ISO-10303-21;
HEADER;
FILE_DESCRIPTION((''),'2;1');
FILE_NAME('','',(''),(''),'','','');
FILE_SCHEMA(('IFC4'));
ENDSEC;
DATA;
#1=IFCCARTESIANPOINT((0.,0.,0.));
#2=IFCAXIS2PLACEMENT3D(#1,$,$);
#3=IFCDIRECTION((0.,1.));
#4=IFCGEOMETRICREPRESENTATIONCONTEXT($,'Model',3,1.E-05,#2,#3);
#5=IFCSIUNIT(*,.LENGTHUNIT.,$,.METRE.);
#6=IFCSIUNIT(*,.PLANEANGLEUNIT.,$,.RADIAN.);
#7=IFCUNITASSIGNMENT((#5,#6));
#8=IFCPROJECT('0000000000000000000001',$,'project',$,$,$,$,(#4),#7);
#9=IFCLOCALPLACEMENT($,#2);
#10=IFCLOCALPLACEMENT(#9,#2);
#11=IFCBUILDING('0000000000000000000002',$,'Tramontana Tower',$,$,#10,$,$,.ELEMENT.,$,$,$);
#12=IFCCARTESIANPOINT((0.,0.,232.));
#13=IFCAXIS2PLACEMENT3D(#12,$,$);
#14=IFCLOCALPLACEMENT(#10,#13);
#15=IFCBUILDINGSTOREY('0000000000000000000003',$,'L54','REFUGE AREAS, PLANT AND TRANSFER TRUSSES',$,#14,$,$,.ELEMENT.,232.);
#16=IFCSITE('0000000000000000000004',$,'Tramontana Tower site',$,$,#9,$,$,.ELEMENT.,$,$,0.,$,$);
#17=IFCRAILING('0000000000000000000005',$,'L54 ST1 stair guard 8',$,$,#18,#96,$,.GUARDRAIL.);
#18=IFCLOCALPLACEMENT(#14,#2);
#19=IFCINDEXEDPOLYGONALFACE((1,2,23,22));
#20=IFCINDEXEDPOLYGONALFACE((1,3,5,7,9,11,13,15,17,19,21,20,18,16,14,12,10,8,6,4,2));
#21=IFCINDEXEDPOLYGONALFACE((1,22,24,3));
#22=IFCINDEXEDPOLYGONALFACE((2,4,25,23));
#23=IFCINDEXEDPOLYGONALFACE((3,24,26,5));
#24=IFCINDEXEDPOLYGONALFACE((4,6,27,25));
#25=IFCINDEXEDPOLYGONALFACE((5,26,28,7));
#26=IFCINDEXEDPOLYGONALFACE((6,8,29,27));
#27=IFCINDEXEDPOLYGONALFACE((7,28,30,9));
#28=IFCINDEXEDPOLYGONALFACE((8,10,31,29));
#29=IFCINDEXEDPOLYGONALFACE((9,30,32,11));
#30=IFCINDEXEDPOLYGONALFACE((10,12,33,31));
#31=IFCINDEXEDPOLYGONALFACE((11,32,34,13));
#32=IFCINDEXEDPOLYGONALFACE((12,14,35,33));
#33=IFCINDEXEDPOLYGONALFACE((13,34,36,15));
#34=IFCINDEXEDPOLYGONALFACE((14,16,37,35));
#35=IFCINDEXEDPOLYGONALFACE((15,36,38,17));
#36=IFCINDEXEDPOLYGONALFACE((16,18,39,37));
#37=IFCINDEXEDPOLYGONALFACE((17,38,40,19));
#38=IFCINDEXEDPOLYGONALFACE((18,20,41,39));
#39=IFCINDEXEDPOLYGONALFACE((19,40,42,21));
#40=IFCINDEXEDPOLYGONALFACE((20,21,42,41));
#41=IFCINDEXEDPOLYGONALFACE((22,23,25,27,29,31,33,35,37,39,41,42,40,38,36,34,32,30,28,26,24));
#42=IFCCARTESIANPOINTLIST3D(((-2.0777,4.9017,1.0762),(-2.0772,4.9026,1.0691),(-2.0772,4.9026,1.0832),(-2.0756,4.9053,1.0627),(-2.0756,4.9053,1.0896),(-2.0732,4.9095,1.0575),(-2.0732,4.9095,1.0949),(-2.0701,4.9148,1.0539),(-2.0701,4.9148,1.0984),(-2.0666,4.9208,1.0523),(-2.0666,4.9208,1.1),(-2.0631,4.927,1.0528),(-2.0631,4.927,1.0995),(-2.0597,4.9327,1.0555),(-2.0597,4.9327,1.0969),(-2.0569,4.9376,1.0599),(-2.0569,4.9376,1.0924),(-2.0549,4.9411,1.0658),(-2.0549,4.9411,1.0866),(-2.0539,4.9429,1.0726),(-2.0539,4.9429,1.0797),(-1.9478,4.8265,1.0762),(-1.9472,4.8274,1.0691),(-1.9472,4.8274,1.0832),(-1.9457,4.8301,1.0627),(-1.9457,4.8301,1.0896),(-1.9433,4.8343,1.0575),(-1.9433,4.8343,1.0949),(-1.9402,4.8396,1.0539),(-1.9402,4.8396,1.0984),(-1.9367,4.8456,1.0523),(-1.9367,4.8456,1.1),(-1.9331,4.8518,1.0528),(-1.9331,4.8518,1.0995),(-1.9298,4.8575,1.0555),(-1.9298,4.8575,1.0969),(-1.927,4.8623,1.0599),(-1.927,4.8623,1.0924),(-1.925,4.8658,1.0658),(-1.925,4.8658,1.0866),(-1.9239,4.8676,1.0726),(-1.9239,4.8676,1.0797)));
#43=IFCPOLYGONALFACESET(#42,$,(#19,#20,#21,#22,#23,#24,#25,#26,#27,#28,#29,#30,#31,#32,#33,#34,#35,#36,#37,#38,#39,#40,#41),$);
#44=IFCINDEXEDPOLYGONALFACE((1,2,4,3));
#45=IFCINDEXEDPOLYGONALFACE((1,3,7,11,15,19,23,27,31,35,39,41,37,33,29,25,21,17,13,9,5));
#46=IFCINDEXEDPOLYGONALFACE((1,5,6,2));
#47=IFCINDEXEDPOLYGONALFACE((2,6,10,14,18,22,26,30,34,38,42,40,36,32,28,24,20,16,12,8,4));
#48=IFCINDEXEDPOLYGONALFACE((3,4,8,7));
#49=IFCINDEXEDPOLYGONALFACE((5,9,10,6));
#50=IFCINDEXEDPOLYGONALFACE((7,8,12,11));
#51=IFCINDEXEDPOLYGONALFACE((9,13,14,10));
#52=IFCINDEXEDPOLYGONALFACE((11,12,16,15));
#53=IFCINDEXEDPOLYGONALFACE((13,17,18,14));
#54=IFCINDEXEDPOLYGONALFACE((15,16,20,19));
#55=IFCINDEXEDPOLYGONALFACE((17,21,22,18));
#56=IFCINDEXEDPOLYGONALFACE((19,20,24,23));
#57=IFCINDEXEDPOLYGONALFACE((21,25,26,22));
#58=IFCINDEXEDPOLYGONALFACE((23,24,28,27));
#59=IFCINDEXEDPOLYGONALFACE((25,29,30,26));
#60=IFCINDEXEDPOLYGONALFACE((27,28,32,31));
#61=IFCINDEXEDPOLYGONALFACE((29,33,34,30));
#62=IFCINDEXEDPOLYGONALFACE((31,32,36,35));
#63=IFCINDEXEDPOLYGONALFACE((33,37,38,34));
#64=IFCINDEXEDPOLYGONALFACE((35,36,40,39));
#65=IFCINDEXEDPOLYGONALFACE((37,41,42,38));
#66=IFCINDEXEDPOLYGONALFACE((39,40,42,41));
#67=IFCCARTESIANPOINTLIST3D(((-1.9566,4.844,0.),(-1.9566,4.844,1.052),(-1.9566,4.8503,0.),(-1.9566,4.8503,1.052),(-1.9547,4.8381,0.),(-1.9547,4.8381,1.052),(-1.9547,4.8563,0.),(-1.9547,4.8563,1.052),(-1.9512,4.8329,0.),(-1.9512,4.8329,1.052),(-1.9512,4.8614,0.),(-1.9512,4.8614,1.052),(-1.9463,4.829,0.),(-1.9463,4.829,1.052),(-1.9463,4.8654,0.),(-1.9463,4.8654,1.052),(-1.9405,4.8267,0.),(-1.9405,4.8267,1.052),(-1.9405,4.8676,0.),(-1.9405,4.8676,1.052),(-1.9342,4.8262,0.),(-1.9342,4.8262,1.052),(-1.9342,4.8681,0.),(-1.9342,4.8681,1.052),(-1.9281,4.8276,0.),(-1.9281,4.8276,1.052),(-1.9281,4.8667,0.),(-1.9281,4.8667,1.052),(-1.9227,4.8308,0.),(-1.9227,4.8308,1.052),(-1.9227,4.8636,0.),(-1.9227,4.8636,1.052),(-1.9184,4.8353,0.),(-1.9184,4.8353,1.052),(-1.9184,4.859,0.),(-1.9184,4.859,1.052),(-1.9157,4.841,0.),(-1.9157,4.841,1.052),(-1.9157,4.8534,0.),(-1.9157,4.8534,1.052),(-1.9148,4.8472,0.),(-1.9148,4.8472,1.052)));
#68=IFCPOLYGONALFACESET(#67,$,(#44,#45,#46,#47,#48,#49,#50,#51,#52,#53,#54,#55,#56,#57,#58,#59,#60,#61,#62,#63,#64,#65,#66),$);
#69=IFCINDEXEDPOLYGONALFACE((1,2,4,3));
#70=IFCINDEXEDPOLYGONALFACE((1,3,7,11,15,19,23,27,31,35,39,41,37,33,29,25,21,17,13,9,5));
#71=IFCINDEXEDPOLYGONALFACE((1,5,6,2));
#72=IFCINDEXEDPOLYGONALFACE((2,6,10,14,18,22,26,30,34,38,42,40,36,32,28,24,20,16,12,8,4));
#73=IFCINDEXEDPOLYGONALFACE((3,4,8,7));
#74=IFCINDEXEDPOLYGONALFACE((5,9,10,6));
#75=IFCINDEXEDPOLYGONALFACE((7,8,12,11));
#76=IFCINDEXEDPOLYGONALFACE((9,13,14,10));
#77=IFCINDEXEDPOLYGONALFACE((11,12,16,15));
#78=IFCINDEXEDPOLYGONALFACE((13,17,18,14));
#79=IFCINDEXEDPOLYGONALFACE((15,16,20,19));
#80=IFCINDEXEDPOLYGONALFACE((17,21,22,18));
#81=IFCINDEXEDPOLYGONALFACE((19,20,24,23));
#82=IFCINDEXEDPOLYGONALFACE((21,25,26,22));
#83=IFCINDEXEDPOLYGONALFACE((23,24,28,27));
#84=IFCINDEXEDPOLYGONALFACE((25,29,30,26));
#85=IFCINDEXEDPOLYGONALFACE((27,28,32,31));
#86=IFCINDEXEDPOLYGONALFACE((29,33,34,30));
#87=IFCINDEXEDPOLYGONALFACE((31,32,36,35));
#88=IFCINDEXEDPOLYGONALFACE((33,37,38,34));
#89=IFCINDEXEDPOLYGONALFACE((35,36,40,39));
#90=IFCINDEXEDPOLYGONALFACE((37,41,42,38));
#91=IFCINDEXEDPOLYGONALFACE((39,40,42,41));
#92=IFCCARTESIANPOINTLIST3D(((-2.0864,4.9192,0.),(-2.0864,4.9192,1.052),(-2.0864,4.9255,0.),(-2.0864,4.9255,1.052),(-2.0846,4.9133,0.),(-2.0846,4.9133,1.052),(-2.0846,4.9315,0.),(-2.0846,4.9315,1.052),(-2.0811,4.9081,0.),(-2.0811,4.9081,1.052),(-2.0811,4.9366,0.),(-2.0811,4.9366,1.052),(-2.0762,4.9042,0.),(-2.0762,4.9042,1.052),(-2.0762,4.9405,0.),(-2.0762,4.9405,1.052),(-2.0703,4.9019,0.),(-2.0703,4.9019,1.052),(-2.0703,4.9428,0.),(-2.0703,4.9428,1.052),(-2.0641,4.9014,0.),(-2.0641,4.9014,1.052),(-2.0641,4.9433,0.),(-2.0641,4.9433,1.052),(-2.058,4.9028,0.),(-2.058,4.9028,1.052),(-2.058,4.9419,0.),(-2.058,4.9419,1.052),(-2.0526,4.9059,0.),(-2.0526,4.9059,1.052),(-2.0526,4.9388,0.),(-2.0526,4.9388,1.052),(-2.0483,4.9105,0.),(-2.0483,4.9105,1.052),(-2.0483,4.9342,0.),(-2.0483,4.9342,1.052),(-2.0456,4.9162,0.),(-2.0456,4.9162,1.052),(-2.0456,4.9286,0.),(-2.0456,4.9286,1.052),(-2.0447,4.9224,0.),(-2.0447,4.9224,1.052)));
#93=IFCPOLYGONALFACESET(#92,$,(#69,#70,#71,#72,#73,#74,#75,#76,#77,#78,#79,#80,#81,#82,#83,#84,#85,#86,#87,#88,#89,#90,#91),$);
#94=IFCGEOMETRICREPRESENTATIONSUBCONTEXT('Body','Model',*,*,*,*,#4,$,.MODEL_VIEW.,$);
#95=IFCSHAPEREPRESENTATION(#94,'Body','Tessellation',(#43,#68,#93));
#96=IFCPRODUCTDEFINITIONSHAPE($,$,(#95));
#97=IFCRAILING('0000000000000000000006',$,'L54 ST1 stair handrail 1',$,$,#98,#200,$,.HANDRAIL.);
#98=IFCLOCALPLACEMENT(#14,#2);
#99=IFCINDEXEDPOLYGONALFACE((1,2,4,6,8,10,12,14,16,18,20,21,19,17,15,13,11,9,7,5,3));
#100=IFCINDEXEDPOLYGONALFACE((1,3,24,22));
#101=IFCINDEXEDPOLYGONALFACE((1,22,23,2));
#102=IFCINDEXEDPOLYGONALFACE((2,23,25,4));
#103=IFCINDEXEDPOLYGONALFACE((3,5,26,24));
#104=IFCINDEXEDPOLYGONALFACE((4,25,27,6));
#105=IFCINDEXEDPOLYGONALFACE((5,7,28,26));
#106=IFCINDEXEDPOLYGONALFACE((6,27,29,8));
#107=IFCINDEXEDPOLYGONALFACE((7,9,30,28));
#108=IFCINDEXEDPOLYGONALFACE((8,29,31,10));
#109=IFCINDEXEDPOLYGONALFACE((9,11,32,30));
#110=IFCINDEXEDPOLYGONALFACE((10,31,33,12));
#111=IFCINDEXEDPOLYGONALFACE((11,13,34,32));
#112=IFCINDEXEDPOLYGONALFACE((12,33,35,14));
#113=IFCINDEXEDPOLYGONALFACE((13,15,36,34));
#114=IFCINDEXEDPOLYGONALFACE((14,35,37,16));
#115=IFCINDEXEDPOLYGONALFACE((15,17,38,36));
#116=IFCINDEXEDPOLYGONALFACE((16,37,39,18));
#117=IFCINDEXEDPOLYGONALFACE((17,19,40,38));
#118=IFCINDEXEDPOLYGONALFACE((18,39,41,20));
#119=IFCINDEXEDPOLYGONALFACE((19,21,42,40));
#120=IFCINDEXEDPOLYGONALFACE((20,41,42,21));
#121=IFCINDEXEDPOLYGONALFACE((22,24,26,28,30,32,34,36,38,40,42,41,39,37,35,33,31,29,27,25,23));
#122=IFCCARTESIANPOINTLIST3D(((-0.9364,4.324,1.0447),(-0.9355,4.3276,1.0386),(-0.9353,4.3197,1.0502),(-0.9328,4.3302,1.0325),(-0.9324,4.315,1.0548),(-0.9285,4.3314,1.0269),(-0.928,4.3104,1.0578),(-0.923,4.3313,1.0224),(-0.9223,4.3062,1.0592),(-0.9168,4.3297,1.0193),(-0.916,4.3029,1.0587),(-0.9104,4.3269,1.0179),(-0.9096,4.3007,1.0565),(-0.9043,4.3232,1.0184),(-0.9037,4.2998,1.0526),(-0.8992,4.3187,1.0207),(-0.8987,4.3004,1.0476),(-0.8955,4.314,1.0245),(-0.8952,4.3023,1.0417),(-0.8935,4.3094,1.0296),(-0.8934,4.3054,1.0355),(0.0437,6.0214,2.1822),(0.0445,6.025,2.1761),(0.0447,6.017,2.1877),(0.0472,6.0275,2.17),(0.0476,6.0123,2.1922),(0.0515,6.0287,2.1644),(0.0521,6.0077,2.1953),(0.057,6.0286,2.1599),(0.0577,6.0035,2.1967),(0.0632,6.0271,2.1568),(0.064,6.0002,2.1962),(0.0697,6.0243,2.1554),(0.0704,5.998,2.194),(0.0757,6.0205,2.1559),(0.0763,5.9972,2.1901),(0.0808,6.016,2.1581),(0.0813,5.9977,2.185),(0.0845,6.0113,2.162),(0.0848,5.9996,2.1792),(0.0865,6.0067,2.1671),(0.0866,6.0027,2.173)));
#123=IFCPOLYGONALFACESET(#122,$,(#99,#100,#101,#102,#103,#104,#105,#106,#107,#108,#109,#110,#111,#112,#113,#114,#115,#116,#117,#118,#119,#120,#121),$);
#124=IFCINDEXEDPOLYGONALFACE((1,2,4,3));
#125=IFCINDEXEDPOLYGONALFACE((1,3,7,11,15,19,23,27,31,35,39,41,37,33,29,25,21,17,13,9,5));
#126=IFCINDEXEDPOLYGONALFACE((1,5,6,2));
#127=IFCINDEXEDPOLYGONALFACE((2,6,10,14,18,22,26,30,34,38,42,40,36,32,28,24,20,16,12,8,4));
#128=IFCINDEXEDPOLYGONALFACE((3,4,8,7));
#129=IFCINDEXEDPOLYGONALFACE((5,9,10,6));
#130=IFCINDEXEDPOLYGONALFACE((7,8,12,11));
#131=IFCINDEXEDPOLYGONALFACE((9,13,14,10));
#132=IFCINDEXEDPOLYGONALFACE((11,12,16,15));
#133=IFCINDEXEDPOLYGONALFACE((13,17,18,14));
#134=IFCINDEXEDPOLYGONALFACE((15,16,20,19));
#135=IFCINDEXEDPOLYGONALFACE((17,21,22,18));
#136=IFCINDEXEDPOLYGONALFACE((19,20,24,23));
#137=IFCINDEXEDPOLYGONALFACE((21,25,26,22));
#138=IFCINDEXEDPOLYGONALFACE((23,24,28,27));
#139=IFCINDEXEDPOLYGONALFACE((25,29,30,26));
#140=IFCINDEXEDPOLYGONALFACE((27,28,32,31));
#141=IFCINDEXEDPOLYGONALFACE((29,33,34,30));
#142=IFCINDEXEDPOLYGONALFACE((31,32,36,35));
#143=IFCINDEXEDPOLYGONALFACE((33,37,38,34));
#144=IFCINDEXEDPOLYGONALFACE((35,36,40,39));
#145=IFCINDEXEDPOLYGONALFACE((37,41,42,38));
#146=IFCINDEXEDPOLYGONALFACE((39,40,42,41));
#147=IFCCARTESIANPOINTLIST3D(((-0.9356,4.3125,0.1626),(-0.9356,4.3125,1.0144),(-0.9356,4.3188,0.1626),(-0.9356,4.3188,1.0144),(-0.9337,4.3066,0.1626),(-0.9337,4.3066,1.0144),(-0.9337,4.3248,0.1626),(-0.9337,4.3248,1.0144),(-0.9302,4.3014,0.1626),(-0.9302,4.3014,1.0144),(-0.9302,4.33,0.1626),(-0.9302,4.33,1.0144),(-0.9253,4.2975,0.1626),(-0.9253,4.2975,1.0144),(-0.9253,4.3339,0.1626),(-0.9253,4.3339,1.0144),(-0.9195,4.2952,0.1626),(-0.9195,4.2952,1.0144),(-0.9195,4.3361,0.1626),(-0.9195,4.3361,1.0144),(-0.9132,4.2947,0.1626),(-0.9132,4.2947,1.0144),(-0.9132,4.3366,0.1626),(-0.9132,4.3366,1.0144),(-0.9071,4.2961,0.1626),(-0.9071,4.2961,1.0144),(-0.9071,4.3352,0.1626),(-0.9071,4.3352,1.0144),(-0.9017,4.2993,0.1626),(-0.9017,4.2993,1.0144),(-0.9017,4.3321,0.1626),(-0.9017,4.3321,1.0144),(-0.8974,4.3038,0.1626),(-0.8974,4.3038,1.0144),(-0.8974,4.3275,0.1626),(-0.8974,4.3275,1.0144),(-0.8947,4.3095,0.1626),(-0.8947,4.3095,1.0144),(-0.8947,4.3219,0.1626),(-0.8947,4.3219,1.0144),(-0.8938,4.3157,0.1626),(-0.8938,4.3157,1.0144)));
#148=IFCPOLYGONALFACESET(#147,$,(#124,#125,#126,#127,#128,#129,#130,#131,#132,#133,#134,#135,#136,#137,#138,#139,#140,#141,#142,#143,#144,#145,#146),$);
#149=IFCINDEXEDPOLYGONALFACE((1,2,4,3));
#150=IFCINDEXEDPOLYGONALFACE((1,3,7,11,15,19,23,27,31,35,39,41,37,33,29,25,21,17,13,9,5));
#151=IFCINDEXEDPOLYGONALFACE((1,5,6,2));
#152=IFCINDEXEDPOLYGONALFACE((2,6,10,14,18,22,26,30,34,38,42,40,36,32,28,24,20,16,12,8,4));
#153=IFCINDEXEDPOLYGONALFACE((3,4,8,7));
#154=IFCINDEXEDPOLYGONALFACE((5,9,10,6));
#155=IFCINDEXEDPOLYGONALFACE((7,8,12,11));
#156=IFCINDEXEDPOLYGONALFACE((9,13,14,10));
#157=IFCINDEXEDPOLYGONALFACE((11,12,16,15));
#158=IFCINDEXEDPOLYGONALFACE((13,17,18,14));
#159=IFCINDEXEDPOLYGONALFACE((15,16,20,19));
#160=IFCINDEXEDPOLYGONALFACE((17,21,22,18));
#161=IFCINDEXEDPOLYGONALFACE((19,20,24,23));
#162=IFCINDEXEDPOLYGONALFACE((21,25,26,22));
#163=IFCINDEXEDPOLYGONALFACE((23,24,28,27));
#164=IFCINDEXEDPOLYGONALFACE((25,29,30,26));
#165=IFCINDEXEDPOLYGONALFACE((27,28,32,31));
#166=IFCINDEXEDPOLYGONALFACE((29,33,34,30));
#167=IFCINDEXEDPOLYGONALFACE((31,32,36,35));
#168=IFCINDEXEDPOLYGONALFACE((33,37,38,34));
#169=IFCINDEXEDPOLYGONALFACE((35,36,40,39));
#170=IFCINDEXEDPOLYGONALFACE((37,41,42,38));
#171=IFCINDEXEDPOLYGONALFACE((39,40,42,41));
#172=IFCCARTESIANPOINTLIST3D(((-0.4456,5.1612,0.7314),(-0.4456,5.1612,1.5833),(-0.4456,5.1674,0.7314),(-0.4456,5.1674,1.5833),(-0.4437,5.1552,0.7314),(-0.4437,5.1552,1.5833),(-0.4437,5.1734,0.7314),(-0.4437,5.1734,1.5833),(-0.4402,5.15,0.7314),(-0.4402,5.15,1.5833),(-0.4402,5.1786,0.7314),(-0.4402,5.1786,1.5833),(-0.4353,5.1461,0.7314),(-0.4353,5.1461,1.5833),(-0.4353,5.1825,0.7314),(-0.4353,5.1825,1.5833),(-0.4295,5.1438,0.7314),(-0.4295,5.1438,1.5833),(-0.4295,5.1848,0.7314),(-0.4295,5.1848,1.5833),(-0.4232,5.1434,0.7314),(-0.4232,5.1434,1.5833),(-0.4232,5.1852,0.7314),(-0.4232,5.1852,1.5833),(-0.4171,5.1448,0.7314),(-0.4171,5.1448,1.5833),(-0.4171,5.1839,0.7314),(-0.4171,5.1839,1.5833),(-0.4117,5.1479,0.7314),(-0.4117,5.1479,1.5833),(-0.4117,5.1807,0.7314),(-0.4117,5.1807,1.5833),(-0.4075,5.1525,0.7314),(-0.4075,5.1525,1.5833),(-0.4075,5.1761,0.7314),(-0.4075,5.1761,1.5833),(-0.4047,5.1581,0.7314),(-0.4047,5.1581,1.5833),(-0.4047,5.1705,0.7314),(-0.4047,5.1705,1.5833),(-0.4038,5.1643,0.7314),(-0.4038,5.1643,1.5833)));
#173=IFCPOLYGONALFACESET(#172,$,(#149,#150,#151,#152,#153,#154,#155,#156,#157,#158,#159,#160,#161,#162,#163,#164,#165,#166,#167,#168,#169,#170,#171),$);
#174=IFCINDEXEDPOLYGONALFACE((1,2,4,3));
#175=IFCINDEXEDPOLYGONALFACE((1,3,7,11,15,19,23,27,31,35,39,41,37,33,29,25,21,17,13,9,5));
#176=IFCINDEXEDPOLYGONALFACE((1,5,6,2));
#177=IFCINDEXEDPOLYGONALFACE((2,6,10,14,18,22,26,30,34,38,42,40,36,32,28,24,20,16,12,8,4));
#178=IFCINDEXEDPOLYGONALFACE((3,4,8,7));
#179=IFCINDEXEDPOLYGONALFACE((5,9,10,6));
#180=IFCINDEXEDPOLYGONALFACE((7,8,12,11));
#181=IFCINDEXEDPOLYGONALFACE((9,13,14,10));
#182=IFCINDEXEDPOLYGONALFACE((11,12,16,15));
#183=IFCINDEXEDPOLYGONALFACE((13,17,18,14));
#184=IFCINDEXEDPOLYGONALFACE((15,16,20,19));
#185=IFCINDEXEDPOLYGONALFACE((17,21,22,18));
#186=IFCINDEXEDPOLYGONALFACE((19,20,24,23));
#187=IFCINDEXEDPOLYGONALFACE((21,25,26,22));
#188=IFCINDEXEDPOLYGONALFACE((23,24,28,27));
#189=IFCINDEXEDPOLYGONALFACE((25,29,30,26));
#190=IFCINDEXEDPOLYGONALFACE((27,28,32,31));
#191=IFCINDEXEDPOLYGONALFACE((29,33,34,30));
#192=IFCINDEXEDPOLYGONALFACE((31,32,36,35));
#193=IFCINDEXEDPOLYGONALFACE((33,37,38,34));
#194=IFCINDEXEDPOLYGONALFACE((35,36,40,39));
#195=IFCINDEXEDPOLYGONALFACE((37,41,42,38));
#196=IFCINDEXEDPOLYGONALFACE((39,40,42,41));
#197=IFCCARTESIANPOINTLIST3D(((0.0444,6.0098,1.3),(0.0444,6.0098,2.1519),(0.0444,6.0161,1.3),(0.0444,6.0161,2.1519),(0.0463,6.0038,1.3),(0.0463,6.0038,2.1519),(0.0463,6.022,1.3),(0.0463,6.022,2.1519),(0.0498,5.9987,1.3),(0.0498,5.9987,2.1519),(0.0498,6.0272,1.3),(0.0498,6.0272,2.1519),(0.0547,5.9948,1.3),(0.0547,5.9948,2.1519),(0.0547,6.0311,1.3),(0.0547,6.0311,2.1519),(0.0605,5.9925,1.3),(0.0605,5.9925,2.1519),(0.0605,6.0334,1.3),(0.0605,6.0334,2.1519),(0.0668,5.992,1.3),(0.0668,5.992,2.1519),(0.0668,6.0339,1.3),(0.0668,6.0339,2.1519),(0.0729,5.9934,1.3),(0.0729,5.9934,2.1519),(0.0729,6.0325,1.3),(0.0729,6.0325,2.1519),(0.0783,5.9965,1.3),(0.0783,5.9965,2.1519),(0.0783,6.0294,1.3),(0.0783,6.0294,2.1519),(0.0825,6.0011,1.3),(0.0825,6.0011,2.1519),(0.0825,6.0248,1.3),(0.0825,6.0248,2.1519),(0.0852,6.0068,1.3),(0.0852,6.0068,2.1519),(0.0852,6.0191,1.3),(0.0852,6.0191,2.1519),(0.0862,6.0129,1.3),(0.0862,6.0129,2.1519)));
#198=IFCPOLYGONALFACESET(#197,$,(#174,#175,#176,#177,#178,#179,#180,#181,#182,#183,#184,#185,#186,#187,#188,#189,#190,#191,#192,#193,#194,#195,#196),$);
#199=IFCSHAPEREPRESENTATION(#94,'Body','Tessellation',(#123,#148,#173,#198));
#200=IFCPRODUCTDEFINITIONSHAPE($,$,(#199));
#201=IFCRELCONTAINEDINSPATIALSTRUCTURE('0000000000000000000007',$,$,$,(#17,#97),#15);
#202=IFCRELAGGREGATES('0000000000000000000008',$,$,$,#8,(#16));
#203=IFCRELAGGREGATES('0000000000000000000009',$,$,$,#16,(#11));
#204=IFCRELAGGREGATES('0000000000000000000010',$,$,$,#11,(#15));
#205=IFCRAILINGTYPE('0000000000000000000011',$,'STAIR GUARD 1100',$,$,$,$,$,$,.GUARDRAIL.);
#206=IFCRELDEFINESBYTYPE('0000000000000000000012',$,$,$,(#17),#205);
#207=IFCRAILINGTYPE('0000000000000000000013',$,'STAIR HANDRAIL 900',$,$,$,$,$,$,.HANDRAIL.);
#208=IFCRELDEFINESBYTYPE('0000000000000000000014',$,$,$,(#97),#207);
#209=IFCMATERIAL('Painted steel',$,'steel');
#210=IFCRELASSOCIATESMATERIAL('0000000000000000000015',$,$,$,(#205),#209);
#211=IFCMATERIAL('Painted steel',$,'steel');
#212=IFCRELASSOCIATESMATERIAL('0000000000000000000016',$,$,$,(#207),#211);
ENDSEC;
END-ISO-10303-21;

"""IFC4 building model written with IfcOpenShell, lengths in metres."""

from ifc_helpers import new_model, si_unit, direction, frame, origin, origin_2d, place, context, subcontext, project, spatial, circle, extrude, material, type_object, element, save


model = new_model("IFC4")

# Units and contexts
model_context = context("Model", 3, precision=1e-05, world=origin(), true_north=direction((0.0, 1.0)))
body_context = subcontext(model_context, "Body", "Model", "MODEL_VIEW")
ifc_project = project(units=[si_unit("LENGTHUNIT", "METRE"), si_unit("PLANEANGLEUNIT", "RADIAN")], contexts=[model_context])

# Site, building, storey
site_placement = place(None, origin())
site = spatial("IfcSite", under=ifc_project, at=site_placement, Name="Tramontana Tower site", CompositionType="ELEMENT", RefElevation=0.0)
building_placement = place(site_placement, origin())
building = spatial("IfcBuilding", under=site, at=building_placement, Name="Tramontana Tower", CompositionType="ELEMENT")
storey_placement = place(building_placement, frame((0.0, 0.0, 232.0)))
storey = spatial("IfcBuildingStorey", under=building, at=storey_placement, Name="L54", Description="REFUGE AREAS, PLANT AND TRANSFER TRUSSES", CompositionType="ELEMENT", Elevation=232.0)

# Railings
ifc_material_1 = material(Name="Painted steel", Category="steel")
railing_type_1 = type_object("IfcRailingType", Name="STAIR GUARD 1100", PredefinedType="GUARDRAIL", material=ifc_material_1)
railing_1_placement = place(storey_placement, frame((-1.9358, 4.8472, 0.0)))
element("IfcRailing", 1, at=railing_1_placement, inside=storey, type_object=railing_type_1, Name="L54 ST1 stair guard 8", PredefinedType="GUARDRAIL", context=body_context, shape_type="SweptSolid", body=[
    extrude(circle(Radius=0.0239, at=origin_2d()), frame((0.0, 0.0, 1.0762), z_axis=(-0.865426, 0.501036, 0.0), x_axis=(-0.501036, -0.865426, 0.0)), (0.0, 0.0, 1.0), 0.1501),
    extrude(circle(Radius=0.021, at=origin_2d()), origin(), (0.0, 0.0, 1.0), 1.052),
    extrude(circle(Radius=0.021, at=origin_2d()), frame((-0.1299, 0.0752, 0.0)), (0.0, 0.0, 1.0), 1.052),
])
ifc_material_2 = material(Name="Painted steel", Category="steel")
railing_type_2 = type_object("IfcRailingType", Name="STAIR HANDRAIL 900", PredefinedType="HANDRAIL", material=ifc_material_2)
for number, where, name in (
    (2, (-0.9148, 4.3157, 0.1626), "L54 ST1 stair handrail 1"),
):
    element("IfcRailing", number, at=place(storey_placement, frame(where)), inside=storey, type_object=railing_type_2, Name=name, PredefinedType="HANDRAIL", context=body_context, shape_type="SweptSolid", body=[
        extrude(circle(Radius=0.0239, at=origin_2d()), frame((0.0, 0.0, 0.876), z_axis=(0.432467, 0.749006, 0.501959), x_axis=(-0.866011, 0.500024, 0.0)), (0.0, 0.0, 1.0), 2.2661),
        extrude(circle(Radius=0.021, at=origin_2d()), origin(), (0.0, 0.0, 1.0), 0.8518),
        extrude(circle(Radius=0.021, at=origin_2d()), frame((0.49, 0.8486, 0.5688)), (0.0, 0.0, 1.0), 0.8518),
        extrude(circle(Radius=0.021, at=origin_2d()), frame((0.98, 1.6973, 1.1375)), (0.0, 0.0, 1.0), 0.8518),
    ])

save(model, "model.ifc")
